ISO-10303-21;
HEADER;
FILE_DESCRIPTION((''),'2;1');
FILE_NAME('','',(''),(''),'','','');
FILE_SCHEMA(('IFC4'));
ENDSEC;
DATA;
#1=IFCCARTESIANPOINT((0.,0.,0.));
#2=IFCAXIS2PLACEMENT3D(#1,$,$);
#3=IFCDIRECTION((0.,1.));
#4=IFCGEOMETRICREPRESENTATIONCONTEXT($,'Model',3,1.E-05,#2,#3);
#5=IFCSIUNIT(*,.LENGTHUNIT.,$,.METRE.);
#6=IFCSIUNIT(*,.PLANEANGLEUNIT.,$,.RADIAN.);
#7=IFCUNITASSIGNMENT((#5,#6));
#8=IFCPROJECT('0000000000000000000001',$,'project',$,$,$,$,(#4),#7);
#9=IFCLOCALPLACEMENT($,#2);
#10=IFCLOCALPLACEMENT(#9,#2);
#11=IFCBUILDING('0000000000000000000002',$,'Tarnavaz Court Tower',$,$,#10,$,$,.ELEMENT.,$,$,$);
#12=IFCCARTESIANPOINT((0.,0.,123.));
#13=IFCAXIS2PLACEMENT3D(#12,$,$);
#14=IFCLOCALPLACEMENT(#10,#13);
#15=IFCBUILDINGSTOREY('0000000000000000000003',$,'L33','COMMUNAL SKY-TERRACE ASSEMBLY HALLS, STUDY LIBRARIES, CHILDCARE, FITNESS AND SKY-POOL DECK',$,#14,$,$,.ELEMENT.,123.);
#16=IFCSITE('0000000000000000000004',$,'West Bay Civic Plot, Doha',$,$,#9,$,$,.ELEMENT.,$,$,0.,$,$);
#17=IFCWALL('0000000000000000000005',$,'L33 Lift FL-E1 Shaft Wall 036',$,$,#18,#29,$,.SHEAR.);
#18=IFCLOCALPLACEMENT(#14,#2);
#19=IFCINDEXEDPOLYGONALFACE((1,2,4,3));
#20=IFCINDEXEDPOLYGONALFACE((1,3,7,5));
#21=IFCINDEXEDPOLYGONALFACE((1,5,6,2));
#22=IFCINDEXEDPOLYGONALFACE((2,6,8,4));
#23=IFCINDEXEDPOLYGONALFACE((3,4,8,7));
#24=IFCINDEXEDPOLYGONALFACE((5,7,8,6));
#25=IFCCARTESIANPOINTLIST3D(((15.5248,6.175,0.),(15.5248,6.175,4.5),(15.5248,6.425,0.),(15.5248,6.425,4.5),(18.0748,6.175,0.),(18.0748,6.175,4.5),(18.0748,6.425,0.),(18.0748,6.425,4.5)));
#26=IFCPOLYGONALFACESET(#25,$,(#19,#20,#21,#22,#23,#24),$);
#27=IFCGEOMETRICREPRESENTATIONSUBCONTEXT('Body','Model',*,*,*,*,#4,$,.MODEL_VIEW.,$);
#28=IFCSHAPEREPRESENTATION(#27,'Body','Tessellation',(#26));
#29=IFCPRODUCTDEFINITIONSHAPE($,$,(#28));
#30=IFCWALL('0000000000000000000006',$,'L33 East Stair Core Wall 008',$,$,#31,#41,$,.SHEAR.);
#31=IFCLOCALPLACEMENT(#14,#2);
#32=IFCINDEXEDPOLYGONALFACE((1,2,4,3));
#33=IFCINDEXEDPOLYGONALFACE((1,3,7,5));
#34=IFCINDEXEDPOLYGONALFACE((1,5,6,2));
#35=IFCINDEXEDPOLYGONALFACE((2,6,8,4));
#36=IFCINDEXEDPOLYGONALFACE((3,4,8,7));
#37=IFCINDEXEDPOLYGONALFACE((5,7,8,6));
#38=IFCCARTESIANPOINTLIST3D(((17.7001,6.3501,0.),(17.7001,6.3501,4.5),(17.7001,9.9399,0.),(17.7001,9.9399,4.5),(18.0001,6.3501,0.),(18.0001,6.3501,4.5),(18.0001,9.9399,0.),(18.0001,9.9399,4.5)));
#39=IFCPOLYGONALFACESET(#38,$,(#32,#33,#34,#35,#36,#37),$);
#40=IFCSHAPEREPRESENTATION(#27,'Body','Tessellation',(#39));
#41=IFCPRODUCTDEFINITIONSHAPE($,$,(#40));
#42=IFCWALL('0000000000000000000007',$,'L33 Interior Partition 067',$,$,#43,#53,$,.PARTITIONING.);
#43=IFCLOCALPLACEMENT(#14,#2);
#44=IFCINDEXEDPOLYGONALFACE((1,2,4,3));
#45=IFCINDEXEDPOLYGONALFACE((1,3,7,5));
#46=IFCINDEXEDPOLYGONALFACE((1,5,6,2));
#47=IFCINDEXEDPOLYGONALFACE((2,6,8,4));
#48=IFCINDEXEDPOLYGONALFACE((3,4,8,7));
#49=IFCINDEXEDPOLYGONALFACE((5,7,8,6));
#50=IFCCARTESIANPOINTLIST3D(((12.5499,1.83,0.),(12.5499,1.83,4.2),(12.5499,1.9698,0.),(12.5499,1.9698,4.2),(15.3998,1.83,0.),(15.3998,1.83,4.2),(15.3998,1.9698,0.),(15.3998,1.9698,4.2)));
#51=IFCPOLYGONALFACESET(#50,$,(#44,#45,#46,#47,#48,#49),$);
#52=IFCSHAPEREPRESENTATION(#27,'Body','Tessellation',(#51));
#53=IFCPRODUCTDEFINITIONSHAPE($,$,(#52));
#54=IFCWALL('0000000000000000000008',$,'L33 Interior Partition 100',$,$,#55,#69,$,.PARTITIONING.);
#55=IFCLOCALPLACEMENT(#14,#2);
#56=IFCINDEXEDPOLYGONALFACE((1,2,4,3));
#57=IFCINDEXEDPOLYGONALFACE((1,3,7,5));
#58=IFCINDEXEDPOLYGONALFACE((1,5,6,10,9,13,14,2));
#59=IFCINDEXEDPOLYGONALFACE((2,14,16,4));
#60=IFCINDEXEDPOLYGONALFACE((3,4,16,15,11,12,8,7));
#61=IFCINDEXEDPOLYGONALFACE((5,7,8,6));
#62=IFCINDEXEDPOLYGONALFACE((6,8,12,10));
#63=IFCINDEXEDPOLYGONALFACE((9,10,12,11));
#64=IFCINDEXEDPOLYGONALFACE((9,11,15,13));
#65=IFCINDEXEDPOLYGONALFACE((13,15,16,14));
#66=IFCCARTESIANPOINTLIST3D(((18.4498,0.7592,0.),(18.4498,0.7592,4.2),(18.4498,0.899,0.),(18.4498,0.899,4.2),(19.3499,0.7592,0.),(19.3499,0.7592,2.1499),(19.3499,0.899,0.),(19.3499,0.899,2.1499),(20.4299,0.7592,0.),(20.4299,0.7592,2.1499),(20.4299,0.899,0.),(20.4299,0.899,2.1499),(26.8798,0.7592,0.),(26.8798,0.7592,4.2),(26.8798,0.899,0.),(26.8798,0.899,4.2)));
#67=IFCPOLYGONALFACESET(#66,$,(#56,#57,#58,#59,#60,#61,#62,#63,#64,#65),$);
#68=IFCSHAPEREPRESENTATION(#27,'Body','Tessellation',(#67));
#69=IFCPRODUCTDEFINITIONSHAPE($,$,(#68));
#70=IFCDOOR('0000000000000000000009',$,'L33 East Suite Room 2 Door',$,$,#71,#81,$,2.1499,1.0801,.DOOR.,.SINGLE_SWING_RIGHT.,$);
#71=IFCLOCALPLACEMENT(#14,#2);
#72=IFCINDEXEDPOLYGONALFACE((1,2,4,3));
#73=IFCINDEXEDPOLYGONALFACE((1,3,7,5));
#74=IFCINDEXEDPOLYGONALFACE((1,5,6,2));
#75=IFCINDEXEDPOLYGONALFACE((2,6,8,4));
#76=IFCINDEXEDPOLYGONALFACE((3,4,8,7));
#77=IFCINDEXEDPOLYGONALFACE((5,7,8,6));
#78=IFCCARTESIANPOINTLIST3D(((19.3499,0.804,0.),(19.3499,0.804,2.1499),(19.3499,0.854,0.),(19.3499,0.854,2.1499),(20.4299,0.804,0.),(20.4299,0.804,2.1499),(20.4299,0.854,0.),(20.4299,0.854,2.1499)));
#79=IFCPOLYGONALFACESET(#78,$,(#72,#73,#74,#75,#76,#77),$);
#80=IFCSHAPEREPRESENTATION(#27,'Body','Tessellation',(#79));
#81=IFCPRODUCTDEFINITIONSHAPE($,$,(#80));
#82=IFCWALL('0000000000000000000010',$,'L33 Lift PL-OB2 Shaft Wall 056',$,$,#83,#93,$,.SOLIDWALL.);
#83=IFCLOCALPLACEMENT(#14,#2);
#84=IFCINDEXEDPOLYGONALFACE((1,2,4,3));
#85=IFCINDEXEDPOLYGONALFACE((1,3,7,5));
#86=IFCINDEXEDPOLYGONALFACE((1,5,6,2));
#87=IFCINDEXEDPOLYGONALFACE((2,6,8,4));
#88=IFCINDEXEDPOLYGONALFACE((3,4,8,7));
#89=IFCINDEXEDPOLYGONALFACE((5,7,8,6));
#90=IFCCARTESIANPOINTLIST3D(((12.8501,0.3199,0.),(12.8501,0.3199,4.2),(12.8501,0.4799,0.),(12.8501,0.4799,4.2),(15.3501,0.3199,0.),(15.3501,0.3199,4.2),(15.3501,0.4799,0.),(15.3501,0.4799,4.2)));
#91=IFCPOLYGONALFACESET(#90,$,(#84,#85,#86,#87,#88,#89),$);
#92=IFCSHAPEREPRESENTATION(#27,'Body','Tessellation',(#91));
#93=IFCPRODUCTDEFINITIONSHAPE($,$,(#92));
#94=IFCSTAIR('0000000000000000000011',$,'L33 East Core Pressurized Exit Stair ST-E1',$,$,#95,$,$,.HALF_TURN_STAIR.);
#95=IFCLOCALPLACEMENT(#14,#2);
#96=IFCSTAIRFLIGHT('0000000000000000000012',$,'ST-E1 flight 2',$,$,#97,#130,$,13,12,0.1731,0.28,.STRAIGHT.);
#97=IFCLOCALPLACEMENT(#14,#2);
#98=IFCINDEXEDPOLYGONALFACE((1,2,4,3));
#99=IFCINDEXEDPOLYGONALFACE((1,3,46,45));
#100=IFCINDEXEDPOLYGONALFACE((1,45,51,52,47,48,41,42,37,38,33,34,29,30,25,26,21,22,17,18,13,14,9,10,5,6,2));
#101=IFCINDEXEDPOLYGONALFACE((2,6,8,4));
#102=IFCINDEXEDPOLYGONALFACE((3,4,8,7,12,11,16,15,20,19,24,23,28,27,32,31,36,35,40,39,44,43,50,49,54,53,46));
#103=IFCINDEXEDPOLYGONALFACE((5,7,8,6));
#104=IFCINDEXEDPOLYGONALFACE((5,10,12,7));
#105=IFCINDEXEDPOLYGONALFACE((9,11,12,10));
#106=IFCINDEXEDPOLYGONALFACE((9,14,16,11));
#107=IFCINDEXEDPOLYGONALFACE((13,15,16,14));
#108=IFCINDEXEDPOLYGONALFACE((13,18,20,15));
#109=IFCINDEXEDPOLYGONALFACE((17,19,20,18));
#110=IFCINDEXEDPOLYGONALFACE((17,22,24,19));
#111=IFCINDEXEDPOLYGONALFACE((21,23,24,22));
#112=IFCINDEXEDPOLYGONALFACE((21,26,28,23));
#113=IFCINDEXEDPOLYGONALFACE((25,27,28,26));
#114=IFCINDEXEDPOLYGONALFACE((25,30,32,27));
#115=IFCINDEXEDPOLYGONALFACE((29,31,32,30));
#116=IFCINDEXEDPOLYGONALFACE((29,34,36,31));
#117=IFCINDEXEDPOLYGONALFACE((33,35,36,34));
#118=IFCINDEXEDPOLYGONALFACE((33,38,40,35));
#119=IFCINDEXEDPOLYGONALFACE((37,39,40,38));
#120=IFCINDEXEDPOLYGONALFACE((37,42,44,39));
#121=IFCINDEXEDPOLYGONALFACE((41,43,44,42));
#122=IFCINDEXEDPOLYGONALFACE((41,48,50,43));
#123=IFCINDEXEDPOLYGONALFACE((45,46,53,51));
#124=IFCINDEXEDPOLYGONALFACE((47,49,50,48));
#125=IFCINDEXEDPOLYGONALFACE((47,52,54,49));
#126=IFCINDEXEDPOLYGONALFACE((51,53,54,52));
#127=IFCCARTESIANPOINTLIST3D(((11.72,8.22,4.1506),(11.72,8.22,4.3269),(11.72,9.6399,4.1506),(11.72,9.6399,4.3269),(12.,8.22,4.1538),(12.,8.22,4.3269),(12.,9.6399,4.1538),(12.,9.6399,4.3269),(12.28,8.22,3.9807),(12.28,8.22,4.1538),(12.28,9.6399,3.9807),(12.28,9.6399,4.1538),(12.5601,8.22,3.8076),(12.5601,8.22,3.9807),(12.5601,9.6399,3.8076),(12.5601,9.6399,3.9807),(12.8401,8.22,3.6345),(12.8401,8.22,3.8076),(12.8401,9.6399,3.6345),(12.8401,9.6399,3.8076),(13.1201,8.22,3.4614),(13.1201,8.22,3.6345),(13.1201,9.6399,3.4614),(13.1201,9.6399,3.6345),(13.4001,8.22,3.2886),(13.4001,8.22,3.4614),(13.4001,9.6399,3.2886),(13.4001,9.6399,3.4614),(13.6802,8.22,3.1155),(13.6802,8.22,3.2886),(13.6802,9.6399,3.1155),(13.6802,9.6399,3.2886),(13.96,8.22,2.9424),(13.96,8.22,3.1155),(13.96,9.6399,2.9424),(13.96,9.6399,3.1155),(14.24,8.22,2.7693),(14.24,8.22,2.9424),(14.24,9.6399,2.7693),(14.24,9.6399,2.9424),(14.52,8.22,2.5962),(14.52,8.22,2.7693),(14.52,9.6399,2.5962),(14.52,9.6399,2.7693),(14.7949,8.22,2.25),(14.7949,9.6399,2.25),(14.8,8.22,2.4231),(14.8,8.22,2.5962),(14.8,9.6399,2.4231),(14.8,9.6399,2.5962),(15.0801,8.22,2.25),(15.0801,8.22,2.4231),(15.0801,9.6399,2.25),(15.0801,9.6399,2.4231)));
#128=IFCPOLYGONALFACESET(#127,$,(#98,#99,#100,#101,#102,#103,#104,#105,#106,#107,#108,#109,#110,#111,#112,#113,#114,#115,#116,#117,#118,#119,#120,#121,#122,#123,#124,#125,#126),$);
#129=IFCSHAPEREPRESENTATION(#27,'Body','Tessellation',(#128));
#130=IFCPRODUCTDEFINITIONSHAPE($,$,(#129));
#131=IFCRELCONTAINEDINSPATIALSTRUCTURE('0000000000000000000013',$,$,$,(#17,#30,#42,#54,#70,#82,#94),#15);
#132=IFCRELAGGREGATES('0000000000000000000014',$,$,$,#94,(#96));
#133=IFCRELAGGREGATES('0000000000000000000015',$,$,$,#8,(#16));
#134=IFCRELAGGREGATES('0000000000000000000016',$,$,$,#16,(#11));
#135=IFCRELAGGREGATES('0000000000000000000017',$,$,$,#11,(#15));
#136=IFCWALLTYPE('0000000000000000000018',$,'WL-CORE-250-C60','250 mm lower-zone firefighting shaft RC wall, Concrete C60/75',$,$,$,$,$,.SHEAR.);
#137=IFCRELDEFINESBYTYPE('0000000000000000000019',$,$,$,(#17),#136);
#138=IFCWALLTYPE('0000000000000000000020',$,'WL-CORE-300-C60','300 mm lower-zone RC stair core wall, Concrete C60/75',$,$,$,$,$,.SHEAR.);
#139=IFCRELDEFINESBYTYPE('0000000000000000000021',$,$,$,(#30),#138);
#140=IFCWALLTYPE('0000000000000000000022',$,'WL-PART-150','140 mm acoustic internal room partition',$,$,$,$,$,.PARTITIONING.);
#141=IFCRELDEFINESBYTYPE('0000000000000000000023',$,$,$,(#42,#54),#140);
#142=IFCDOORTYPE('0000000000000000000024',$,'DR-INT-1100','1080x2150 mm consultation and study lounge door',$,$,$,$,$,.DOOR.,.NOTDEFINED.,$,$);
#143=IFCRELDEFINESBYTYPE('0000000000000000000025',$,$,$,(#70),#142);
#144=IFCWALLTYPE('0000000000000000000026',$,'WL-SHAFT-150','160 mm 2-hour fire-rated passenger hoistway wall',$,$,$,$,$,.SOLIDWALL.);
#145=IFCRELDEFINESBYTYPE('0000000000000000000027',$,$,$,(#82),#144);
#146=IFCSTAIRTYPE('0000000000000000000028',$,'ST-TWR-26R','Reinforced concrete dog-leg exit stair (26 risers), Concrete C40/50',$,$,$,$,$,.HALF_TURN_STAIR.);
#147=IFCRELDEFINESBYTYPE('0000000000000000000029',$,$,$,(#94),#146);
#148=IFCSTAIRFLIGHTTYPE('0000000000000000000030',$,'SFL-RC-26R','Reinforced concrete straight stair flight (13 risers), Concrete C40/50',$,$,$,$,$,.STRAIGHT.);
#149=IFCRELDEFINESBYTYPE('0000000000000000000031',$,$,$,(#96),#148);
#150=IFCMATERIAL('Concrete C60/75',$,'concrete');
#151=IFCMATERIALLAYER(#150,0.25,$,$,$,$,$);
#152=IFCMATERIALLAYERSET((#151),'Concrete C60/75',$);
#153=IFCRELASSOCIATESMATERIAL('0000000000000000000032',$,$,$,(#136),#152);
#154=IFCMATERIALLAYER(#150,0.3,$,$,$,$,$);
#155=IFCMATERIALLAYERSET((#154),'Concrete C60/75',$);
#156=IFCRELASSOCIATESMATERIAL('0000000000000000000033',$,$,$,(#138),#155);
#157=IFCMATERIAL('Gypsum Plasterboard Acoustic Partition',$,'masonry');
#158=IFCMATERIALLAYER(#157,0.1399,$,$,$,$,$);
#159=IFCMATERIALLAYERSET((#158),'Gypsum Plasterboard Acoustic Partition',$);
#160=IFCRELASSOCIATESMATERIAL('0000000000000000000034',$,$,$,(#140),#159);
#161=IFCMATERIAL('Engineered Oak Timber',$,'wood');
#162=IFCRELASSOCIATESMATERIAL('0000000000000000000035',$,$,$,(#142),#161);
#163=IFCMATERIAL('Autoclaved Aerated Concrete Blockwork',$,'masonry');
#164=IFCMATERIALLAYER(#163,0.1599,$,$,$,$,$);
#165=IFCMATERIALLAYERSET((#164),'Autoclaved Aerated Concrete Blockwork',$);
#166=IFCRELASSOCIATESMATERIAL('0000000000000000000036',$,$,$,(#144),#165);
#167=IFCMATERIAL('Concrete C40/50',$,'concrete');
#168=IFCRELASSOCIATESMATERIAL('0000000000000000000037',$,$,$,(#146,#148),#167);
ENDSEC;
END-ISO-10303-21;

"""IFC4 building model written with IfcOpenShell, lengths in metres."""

from ifc_helpers import new_model, si_unit, direction, frame, frame_2d, origin, place, context, subcontext, project, spatial, polyline, rectangle, outline, extrude, material, layer, layer_set, type_object, element, fill, aggregate, save


model = new_model("IFC4")

# Units and contexts
model_context = context("Model", 3, precision=1e-05, world=origin(), true_north=direction((0.0, 1.0)))
body_context = subcontext(model_context, "Body", "Model", "MODEL_VIEW")
ifc_project = project(units=[si_unit("LENGTHUNIT", "METRE"), si_unit("PLANEANGLEUNIT", "RADIAN")], contexts=[model_context])

# Site, building, storey
site_placement = place(None, origin())
site = spatial("IfcSite", under=ifc_project, at=site_placement, Name="West Bay Civic Plot, Doha", CompositionType="ELEMENT", RefElevation=0.0)
building_placement = place(site_placement, origin())
building = spatial("IfcBuilding", under=site, at=building_placement, Name="Tarnavaz Court Tower", CompositionType="ELEMENT")
storey_placement = place(building_placement, frame((0.0, 0.0, 123.0)))
storey = spatial("IfcBuildingStorey", under=building, at=storey_placement, Name="L33", Description="COMMUNAL SKY-TERRACE ASSEMBLY HALLS, STUDY LIBRARIES, CHILDCARE, FITNESS AND SKY-POOL DECK", CompositionType="ELEMENT", Elevation=123.0)

# Shared definitions
ifc_material_1 = material(Name="Concrete C60/75", Category="concrete")

# Shared definitions
ifc_layer_1 = layer(ifc_material_1, 0.25)
ifc_layer_set_1 = layer_set([ifc_layer_1], Name="Concrete C60/75")
wall_type_1 = type_object("IfcWallType", Name="WL-CORE-250-C60", Description="250 mm lower-zone firefighting shaft RC wall, Concrete C60/75", PredefinedType="SHEAR", material=ifc_layer_set_1)

# Walls
for number, where, z_axis, x_axis, name in (
    (1, (15.5249, 6.3, 0.0), (0.0, 0.0, 1.0), (1.0, 0.0, 0.0), "L33 Lift FL-E1 Shaft Wall 036"),
):
    element("IfcWall", number, at=place(storey_placement, frame(where, z_axis=z_axis, x_axis=x_axis)), inside=storey, type_object=wall_type_1, Name=name, PredefinedType="SHEAR", context=body_context, shape_type="SweptSolid", body=[
        extrude(rectangle(XDim=2.55, YDim=0.25, at=frame_2d((1.2749, 0.0))), origin(), (0.0, 0.0, 1.0), 4.5),
    ])
ifc_layer_2 = layer(ifc_material_1, 0.3)
ifc_layer_set_2 = layer_set([ifc_layer_2], Name="Concrete C60/75")
wall_type_2 = type_object("IfcWallType", Name="WL-CORE-300-C60", Description="300 mm lower-zone RC stair core wall, Concrete C60/75", PredefinedType="SHEAR", material=ifc_layer_set_2)
wall_1_placement = place(storey_placement, frame((17.8501, 6.3501, 0.0), z_axis=(0.0, 0.0, 1.0), x_axis=(0.0, 1.0, 0.0)))
element("IfcWall", 2, at=wall_1_placement, inside=storey, type_object=wall_type_2, Name="L33 East Stair Core Wall 008", PredefinedType="SHEAR", context=body_context, shape_type="SweptSolid", body=[
    extrude(rectangle(XDim=3.5898, YDim=0.3, at=frame_2d((1.7949, 0.0))), origin(), (0.0, 0.0, 1.0), 4.5),
])
ifc_material_2 = material(Name="Gypsum Plasterboard Acoustic Partition", Category="masonry")
ifc_layer_3 = layer(ifc_material_2, 0.1399)
ifc_layer_set_3 = layer_set([ifc_layer_3], Name="Gypsum Plasterboard Acoustic Partition")
wall_type_3 = type_object("IfcWallType", Name="WL-PART-150", Description="140 mm acoustic internal room partition", PredefinedType="PARTITIONING", material=ifc_layer_set_3)
wall_2_placement = place(storey_placement, frame((12.55, 1.8999, 0.0), z_axis=(0.0, 0.0, 1.0), x_axis=(1.0, 0.0, 0.0)))
element("IfcWall", 3, at=wall_2_placement, inside=storey, type_object=wall_type_3, Name="L33 Interior Partition 067", PredefinedType="PARTITIONING", context=body_context, shape_type="SweptSolid", body=[
    extrude(rectangle(XDim=2.8499, YDim=0.1399, at=frame_2d((1.4248, 0.0))), origin(), (0.0, 0.0, 1.0), 4.2),
])

# Wall, opening, door
wall_3_placement = place(storey_placement, frame((18.45, 0.8291, 0.0), z_axis=(0.0, 0.0, 1.0), x_axis=(1.0, 0.0, 0.0)))
wall_3 = element("IfcWall", 4, at=wall_3_placement, inside=storey, type_object=wall_type_3, Name="L33 Interior Partition 100", PredefinedType="PARTITIONING", context=body_context, shape_type="SweptSolid", body=[
    extrude(rectangle(XDim=8.4299, YDim=0.1399, at=frame_2d((4.2148, 0.0))), origin(), (0.0, 0.0, 1.0), 4.2),
])
opening_1_placement = place(wall_3_placement, frame((0.8999, 0.0, 0.0)))
opening_1 = element("IfcOpeningElement", 5, at=opening_1_placement, cuts=wall_3, PredefinedType="OPENING", context=body_context, shape_type="SweptSolid", body=[
    extrude(rectangle(XDim=1.0801, YDim=2.1499, at=frame_2d((0.54, 1.075))), frame((0.0, 0.0798, 0.0), z_axis=(0.0, -1.0, 0.0), x_axis=(1.0, 0.0, 0.0)), (0.0, 0.0, 1.0), 0.1599),
])
ifc_material_3 = material(Name="Engineered Oak Timber", Category="wood")
door_type_1 = type_object("IfcDoorType", Name="DR-INT-1100", Description="1080x2150 mm consultation and study lounge door", OperationType="NOTDEFINED", PredefinedType="DOOR", material=ifc_material_3)
door_1_placement = place(opening_1_placement, origin())
door_1 = element("IfcDoor", 6, at=door_1_placement, inside=storey, type_object=door_type_1, Name="L33 East Suite Room 2 Door", OperationType="SINGLE_SWING_RIGHT", OverallHeight=2.1499, OverallWidth=1.0801, PredefinedType="DOOR", context=body_context, shape_type="SweptSolid", body=[
    extrude(rectangle(XDim=1.0801, YDim=2.1499, at=frame_2d((0.54, 1.075))), frame((0.0, 0.0249, 0.0), z_axis=(0.0, -1.0, 0.0), x_axis=(1.0, 0.0, 0.0)), (0.0, 0.0, 1.0), 0.05),
])
fill(opening_1, door_1)

# Wall
ifc_material_4 = material(Name="Autoclaved Aerated Concrete Blockwork", Category="masonry")
ifc_layer_4 = layer(ifc_material_4, 0.1599)
ifc_layer_set_4 = layer_set([ifc_layer_4], Name="Autoclaved Aerated Concrete Blockwork")
wall_type_4 = type_object("IfcWallType", Name="WL-SHAFT-150", Description="160 mm 2-hour fire-rated passenger hoistway wall", PredefinedType="SOLIDWALL", material=ifc_layer_set_4)
wall_4_placement = place(storey_placement, frame((12.8501, 0.3999, 0.0), z_axis=(0.0, 0.0, 1.0), x_axis=(1.0, 0.0, 0.0)))
element("IfcWall", 7, at=wall_4_placement, inside=storey, type_object=wall_type_4, Name="L33 Lift PL-OB2 Shaft Wall 056", PredefinedType="SOLIDWALL", context=body_context, shape_type="SweptSolid", body=[
    extrude(rectangle(XDim=2.5, YDim=0.1599, at=frame_2d((1.25, 0.0))), origin(), (0.0, 0.0, 1.0), 4.2),
])

# Stair, stair flight
ifc_material_5 = material(Name="Concrete C40/50", Category="concrete")
stair_type = type_object("IfcStairType", Name="ST-TWR-26R", Description="Reinforced concrete dog-leg exit stair (26 risers), Concrete C40/50", PredefinedType="HALF_TURN_STAIR", material=ifc_material_5)
stair_placement = place(storey_placement, origin())
stair = element("IfcStair", 8, at=stair_placement, inside=storey, type_object=stair_type, Name="L33 East Core Pressurized Exit Stair ST-E1", PredefinedType="HALF_TURN_STAIR")
stair_flight_type = type_object("IfcStairFlightType", Name="SFL-RC-26R", Description="Reinforced concrete straight stair flight (13 risers), Concrete C40/50", PredefinedType="STRAIGHT", material=ifc_material_5)
stair_flight_placement = place(storey_placement, frame((15.0801, 8.9299, 2.25), z_axis=(0.0, 0.0, 1.0), x_axis=(-1.0, 0.0, 0.0)))
stair_flight = element("IfcStairFlight", 9, at=stair_flight_placement, type_object=stair_flight_type, Name="ST-E1 flight 2", NumberOfRisers=13, NumberOfTreads=12, PredefinedType="STRAIGHT", RiserHeight=0.1731, TreadLength=0.28, context=body_context, shape_type="SweptSolid", body=[
    extrude(outline(polyline([(0.0, 0.0), (0.0, 0.1731), (0.28, 0.1731), (0.28, 0.3462), (0.5601, 0.3462), (0.5601, 0.5193), (0.8401, 0.5193), (0.8401, 0.6924), (1.1201, 0.6924), (1.1201, 0.8655), (1.3999, 0.8655), (1.3999, 1.0386), (1.6799, 1.0386), (1.6799, 1.2114), (1.96, 1.2114), (1.96, 1.3845), (2.24, 1.3845), (2.24, 1.5576), (2.52, 1.5576), (2.52, 1.7307), (2.8, 1.7307), (2.8, 1.9038), (3.0801, 1.9038), (3.0801, 2.0769), (3.3601, 2.0769), (3.3601, 2.25), (3.3601, 1.9006), (0.2852, 0.0), (0.0, 0.0)])), frame((0.0, 0.71, 0.0), z_axis=(0.0, -1.0, 0.0), x_axis=(1.0, 0.0, 0.0)), (0.0, 0.0, 1.0), 1.4199),
])
aggregate(stair, [stair_flight])

save(model, "model.ifc")
